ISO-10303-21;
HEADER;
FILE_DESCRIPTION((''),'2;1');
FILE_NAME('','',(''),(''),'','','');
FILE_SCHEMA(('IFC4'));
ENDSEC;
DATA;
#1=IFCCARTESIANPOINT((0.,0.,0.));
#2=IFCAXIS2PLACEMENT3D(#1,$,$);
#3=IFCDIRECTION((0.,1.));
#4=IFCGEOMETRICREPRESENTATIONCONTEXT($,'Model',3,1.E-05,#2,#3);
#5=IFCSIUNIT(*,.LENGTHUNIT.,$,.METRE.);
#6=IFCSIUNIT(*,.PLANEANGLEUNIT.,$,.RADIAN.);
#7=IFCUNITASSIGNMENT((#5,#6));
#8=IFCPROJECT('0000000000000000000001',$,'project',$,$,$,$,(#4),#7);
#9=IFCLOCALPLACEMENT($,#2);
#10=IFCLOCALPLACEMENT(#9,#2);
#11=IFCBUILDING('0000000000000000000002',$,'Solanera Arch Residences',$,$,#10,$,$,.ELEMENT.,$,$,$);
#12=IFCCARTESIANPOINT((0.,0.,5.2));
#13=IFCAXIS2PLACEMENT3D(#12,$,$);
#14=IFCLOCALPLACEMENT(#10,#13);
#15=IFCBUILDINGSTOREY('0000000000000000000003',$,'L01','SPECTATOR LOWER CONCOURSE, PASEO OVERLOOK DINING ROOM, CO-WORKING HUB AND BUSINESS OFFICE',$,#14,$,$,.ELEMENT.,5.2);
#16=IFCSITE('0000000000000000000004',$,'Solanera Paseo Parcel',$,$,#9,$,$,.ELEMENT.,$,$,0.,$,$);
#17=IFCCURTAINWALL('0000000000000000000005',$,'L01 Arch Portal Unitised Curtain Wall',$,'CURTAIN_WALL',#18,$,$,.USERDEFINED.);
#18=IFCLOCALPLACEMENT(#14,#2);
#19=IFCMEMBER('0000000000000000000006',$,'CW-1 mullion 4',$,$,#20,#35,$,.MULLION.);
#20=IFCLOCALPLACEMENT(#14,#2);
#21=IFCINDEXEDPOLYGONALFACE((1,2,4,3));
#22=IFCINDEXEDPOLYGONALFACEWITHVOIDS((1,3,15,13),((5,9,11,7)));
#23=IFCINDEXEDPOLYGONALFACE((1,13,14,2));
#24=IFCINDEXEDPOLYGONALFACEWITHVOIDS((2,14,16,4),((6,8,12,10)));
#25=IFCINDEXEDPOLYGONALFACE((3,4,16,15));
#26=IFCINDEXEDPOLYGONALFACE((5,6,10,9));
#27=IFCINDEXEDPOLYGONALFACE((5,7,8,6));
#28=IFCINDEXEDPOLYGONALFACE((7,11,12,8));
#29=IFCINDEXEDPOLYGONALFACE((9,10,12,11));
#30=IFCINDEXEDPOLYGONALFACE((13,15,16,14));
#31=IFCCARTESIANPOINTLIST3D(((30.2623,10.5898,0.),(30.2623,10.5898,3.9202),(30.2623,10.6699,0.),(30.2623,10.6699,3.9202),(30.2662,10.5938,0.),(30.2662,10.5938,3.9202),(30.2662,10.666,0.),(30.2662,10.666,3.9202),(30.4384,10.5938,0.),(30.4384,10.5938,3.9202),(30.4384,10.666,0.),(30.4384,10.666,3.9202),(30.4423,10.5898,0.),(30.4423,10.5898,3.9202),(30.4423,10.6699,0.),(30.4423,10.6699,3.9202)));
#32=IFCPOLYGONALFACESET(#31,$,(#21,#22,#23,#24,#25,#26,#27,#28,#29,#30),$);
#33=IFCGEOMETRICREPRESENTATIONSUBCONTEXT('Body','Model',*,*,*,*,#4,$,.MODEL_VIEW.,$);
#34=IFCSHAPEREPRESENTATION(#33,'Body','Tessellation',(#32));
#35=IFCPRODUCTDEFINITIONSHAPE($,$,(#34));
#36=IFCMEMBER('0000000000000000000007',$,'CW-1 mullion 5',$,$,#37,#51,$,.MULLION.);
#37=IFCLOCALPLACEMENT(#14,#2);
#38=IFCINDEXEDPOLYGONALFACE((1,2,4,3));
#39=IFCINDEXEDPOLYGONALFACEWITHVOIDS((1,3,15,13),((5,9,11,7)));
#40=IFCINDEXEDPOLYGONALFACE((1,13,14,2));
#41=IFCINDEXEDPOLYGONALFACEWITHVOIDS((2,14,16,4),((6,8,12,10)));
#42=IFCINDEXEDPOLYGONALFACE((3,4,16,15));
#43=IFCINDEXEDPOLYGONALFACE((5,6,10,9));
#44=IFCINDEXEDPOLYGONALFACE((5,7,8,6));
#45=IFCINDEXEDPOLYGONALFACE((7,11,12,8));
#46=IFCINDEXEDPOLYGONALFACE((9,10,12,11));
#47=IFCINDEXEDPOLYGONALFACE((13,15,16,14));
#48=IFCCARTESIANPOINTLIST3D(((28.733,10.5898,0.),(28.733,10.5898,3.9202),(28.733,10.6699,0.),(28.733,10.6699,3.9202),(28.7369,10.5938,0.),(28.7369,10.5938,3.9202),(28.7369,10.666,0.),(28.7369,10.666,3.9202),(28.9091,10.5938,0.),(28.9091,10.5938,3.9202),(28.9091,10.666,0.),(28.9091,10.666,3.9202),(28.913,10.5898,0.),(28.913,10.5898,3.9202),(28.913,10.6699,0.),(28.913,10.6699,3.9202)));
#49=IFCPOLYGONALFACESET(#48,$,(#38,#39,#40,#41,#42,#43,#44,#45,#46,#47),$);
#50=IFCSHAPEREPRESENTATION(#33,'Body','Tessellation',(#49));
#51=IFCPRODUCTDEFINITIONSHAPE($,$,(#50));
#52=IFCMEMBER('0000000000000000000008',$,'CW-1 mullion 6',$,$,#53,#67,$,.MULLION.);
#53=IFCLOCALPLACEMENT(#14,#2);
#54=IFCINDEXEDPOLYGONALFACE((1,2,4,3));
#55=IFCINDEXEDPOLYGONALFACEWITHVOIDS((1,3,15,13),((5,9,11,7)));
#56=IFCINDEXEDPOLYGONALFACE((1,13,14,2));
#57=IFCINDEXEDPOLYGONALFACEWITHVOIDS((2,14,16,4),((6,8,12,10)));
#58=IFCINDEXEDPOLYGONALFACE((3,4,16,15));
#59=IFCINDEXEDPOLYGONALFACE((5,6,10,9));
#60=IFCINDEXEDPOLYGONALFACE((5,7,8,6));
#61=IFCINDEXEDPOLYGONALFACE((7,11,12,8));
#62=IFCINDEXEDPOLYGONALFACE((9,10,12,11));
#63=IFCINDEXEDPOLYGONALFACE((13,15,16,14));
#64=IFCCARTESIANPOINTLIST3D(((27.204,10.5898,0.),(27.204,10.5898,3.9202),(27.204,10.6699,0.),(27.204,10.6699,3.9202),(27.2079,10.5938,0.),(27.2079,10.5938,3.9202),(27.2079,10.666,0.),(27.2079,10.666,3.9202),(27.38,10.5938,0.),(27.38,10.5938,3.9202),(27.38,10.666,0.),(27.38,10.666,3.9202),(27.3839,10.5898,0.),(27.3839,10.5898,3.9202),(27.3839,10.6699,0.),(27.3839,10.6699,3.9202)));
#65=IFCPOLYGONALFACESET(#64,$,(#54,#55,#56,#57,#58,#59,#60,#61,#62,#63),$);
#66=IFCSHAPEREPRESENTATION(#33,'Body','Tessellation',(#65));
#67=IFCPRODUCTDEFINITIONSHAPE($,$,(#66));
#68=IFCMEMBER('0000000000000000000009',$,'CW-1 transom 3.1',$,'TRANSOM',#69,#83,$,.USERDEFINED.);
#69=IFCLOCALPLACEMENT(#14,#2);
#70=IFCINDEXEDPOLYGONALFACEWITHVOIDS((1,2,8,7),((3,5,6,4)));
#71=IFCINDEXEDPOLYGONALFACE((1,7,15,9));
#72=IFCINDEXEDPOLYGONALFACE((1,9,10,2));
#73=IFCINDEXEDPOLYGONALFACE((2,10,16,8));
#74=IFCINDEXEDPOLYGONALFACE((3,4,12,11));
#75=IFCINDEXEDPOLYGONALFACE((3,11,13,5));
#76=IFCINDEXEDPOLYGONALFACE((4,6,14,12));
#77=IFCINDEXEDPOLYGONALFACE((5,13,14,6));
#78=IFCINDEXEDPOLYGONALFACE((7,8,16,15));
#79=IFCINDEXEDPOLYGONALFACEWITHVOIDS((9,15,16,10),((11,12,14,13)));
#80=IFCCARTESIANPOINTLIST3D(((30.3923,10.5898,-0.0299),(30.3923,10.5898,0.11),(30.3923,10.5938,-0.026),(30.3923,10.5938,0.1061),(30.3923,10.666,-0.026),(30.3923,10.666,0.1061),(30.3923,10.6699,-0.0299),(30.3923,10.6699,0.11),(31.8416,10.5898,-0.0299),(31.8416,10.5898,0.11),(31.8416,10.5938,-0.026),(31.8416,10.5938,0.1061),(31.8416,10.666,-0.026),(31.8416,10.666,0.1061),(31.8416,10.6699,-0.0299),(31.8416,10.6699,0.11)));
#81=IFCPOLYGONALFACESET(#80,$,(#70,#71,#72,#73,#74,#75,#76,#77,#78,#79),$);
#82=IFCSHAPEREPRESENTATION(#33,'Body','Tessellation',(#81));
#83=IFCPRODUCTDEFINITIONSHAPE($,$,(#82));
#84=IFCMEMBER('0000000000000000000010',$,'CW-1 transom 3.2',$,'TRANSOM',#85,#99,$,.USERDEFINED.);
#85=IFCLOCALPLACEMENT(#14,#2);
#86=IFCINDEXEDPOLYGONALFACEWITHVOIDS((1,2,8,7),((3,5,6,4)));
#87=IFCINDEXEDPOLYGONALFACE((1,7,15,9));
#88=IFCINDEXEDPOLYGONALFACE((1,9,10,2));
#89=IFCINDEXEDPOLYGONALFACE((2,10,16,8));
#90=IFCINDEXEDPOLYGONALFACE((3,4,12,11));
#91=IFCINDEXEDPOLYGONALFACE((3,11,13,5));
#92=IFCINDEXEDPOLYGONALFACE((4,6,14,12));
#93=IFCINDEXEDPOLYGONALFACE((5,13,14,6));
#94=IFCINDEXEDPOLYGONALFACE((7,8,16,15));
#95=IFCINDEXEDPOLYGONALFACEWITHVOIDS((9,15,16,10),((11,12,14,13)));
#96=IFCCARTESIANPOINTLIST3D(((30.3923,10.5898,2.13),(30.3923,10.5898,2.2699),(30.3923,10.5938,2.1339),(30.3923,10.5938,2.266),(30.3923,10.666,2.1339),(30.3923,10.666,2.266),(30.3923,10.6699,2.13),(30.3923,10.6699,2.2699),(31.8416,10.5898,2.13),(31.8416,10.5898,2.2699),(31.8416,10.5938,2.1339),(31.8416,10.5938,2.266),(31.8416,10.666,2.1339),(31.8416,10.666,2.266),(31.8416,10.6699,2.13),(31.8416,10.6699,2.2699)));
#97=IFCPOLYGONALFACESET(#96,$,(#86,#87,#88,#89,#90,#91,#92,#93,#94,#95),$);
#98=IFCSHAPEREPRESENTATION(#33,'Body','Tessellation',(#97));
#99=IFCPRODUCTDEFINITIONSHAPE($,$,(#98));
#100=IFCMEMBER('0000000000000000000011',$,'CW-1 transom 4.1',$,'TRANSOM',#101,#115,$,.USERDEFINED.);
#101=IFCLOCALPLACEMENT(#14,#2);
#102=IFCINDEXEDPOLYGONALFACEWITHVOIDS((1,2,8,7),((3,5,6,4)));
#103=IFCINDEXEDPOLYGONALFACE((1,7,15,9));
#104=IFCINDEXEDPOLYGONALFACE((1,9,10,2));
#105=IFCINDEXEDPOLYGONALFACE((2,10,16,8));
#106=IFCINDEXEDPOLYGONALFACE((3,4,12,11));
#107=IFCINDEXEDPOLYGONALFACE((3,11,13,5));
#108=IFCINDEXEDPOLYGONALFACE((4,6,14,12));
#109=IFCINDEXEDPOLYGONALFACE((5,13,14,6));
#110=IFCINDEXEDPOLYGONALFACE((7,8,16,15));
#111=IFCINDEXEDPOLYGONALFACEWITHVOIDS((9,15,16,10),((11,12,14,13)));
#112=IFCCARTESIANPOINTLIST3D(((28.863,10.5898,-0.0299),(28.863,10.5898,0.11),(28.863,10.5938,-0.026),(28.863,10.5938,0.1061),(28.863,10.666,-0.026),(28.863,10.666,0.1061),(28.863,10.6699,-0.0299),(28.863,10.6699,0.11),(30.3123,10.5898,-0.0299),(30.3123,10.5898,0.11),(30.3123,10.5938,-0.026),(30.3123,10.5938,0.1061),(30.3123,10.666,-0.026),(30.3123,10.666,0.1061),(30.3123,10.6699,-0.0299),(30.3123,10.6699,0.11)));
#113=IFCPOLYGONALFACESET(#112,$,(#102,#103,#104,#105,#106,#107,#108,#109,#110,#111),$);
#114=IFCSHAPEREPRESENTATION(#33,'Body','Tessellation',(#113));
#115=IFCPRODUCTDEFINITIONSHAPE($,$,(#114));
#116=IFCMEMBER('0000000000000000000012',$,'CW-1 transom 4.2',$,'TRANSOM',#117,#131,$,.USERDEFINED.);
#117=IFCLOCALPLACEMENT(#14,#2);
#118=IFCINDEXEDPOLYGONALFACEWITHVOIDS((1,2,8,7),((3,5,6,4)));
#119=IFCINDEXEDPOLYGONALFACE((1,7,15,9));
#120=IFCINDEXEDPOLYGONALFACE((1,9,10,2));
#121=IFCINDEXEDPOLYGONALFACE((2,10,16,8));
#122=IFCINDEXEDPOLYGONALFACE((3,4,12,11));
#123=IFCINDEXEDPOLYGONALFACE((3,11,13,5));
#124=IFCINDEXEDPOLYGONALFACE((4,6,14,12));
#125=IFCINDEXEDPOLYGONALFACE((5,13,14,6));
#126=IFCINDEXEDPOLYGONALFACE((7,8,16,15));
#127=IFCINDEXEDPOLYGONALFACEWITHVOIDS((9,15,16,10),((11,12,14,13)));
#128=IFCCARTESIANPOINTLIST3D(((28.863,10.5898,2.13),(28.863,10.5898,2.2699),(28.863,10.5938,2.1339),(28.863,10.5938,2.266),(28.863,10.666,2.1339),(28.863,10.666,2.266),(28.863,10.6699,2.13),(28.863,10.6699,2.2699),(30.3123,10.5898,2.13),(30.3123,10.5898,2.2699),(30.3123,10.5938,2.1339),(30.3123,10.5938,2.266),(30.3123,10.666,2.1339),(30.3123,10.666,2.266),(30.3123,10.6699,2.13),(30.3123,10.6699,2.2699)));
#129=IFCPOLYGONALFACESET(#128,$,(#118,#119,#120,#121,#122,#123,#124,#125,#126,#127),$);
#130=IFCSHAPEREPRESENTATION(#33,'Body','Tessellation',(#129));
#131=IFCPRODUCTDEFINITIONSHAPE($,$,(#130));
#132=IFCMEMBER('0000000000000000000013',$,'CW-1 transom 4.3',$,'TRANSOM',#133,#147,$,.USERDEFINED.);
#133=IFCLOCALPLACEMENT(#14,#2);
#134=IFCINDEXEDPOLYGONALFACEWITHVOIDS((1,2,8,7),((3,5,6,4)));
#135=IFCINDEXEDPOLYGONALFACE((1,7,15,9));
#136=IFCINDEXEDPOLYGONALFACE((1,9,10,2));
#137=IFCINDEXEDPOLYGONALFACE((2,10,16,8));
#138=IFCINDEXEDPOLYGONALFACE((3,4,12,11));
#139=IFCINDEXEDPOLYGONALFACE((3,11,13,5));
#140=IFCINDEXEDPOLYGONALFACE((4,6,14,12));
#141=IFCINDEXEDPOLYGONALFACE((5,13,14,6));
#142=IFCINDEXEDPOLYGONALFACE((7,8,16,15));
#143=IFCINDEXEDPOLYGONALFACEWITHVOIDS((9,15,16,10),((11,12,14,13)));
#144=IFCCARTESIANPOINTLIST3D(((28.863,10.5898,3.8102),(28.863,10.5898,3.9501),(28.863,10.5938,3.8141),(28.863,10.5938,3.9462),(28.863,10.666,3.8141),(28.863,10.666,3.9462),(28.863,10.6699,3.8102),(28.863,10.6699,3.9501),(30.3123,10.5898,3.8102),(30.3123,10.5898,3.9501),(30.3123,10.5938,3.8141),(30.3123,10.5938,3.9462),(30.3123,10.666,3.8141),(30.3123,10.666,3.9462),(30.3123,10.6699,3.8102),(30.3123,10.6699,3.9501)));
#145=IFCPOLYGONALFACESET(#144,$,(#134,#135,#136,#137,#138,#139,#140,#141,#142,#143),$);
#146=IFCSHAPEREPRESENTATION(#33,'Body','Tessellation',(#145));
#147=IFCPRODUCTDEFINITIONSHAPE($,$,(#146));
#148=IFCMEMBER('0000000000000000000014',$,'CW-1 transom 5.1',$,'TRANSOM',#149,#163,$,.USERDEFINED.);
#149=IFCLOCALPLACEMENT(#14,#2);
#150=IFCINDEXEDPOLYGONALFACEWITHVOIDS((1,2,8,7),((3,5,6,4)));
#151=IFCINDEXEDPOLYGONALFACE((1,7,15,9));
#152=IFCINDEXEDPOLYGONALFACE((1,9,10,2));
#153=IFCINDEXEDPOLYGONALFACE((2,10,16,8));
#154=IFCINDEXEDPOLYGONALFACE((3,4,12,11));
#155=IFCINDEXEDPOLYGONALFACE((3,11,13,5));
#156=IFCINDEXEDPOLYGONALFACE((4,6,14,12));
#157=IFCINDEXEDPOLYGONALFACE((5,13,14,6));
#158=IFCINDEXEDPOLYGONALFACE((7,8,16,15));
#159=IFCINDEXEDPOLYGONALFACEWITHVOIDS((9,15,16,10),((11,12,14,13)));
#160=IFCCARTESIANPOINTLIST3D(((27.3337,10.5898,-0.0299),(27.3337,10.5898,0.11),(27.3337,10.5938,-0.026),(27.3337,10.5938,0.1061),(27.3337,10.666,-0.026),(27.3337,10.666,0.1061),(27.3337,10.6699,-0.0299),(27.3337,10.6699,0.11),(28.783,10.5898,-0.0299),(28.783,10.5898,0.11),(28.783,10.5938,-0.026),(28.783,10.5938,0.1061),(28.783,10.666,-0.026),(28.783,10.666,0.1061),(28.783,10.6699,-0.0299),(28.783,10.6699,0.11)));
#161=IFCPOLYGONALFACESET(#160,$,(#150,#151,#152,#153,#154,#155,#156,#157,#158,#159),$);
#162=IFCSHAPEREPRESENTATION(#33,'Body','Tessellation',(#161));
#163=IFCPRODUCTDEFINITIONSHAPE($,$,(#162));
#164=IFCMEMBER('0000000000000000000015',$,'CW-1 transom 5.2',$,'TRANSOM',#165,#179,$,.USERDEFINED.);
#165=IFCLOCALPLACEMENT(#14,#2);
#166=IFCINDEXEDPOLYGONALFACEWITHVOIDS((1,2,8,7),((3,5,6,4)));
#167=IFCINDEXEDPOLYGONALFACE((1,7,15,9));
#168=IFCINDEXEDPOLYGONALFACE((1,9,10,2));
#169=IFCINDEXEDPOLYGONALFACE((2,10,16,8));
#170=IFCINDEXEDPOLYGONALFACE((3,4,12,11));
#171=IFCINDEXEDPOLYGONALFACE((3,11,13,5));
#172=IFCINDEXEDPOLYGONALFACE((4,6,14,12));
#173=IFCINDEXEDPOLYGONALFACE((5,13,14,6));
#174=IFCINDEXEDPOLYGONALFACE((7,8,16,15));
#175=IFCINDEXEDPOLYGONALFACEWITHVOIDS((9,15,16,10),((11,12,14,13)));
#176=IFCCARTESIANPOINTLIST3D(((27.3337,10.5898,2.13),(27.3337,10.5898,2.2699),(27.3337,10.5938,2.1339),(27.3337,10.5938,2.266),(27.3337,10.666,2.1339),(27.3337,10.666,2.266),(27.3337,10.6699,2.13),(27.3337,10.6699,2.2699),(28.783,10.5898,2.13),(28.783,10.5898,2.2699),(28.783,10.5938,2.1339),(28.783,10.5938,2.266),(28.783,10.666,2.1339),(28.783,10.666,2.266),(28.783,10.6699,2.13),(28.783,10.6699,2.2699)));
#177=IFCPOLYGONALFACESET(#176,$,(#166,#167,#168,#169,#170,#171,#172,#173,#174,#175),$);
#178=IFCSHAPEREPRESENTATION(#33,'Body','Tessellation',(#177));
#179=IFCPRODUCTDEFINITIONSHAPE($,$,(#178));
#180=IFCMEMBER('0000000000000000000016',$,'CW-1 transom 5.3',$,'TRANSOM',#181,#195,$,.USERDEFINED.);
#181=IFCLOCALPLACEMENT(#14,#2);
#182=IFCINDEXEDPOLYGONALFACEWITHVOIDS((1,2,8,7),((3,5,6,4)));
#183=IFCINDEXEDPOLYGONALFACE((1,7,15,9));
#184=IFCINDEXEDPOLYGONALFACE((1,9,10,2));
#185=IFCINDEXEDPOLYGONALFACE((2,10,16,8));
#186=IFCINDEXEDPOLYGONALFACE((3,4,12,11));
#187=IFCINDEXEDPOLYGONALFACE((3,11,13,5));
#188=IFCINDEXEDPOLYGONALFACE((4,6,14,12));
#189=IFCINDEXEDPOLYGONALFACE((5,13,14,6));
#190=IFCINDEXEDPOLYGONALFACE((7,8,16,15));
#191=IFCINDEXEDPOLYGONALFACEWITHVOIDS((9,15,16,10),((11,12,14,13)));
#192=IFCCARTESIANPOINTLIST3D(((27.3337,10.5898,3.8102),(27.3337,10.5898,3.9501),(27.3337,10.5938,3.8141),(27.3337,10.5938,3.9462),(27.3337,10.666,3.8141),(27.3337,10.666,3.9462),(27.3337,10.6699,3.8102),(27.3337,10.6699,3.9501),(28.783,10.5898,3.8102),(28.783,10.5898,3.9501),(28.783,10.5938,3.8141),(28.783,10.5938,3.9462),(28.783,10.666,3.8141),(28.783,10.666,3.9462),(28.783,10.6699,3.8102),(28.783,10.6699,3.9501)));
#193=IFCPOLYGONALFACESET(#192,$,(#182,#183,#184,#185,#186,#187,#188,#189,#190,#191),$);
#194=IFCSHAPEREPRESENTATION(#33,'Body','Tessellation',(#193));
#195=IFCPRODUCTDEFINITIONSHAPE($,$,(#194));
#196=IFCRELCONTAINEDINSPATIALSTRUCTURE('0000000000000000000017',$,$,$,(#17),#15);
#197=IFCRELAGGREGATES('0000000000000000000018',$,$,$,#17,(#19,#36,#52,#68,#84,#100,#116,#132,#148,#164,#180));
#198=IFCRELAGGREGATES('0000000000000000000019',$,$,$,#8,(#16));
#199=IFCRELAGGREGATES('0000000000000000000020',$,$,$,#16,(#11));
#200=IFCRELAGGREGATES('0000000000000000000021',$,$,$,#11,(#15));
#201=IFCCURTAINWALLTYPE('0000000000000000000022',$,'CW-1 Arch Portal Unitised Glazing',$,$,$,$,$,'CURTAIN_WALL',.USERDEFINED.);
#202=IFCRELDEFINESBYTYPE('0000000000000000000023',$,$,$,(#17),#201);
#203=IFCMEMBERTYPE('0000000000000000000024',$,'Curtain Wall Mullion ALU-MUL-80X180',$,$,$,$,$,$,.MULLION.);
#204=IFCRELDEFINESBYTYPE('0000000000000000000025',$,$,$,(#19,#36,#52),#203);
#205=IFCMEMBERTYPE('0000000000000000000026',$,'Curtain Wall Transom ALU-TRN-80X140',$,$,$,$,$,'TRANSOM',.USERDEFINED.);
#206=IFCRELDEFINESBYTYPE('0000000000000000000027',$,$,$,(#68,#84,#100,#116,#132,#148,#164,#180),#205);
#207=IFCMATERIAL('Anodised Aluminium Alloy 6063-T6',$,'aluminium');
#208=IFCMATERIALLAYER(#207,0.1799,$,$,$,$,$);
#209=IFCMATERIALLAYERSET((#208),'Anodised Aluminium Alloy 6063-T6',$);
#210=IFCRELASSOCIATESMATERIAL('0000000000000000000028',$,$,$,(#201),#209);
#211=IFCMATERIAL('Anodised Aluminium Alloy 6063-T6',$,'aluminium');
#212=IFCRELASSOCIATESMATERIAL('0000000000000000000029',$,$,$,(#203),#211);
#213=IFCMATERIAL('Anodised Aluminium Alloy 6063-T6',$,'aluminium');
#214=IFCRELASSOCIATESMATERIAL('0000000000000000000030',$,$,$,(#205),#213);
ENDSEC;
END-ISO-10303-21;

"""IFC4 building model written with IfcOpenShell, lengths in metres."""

from ifc_helpers import new_model, si_unit, direction, frame, origin, origin_2d, place, context, subcontext, project, spatial, hollow_rectangle, extrude, material, layer, layer_set, material_profile, profile_set, type_object, element, aggregate, save


model = new_model("IFC4")

# Units and contexts
model_context = context("Model", 3, precision=1e-05, world=origin(), true_north=direction((0.0, 1.0)))
body_context = subcontext(model_context, "Body", "Model", "MODEL_VIEW")
ifc_project = project(units=[si_unit("LENGTHUNIT", "METRE"), si_unit("PLANEANGLEUNIT", "RADIAN")], contexts=[model_context])

# Site, building, storey
site_placement = place(None, origin())
site = spatial("IfcSite", under=ifc_project, at=site_placement, Name="Solanera Paseo Parcel", CompositionType="ELEMENT", RefElevation=0.0)
building_placement = place(site_placement, origin())
building = spatial("IfcBuilding", under=site, at=building_placement, Name="Solanera Arch Residences", CompositionType="ELEMENT")
storey_placement = place(building_placement, frame((0.0, 0.0, 5.2)))
storey = spatial("IfcBuildingStorey", under=building, at=storey_placement, Name="L01", Description="SPECTATOR LOWER CONCOURSE, PASEO OVERLOOK DINING ROOM, CO-WORKING HUB AND BUSINESS OFFICE", CompositionType="ELEMENT", Elevation=5.2)

# Curtain wall, members
ifc_material_1 = material(Name="Anodised Aluminium Alloy 6063-T6", Category="aluminium")
ifc_layer_1 = layer(ifc_material_1, 0.1799)
ifc_layer_set_1 = layer_set([ifc_layer_1], Name="Anodised Aluminium Alloy 6063-T6")
curtain_wall_type = type_object("IfcCurtainWallType", Name="CW-1 Arch Portal Unitised Glazing", ElementType="CURTAIN_WALL", PredefinedType="USERDEFINED", material=ifc_layer_set_1)
curtain_wall_placement = place(storey_placement, origin())
curtain_wall = element("IfcCurtainWall", 1, at=curtain_wall_placement, inside=storey, type_object=curtain_wall_type, Name="L01 Arch Portal Unitised Curtain Wall", ObjectType="CURTAIN_WALL", PredefinedType="USERDEFINED")
ifc_material_2 = material(Name="Anodised Aluminium Alloy 6063-T6", Category="aluminium")
ifc_material_profile_1 = material_profile(ifc_material_2, hollow_rectangle(XDim=0.0801, YDim=0.1799, WallThickness=0.0039, at=origin_2d()))
ifc_profile_set_1 = profile_set([ifc_material_profile_1], Name="Anodised Aluminium Alloy 6063-T6")
member_type_1 = type_object("IfcMemberType", Name="Curtain Wall Mullion ALU-MUL-80X180", PredefinedType="MULLION", material=ifc_profile_set_1)
member_1_placement = place(storey_placement, frame((30.3523, 10.6299, 0.0), z_axis=(0.0, 0.0, 1.0), x_axis=(0.0, -1.0, 0.0)))
member_1 = element("IfcMember", 2, at=member_1_placement, type_object=member_type_1, Name="CW-1 mullion 4", PredefinedType="MULLION", context=body_context, shape_type="SweptSolid", body=[
    extrude(hollow_rectangle(XDim=0.0801, YDim=0.1799, WallThickness=0.0039, at=origin_2d()), origin(), (0.0, 0.0, 1.0), 3.9202),
])
member_2_placement = place(storey_placement, frame((28.823, 10.6299, 0.0), z_axis=(0.0, 0.0, 1.0), x_axis=(0.0, -1.0, 0.0)))
member_2 = element("IfcMember", 3, at=member_2_placement, type_object=member_type_1, Name="CW-1 mullion 5", PredefinedType="MULLION", context=body_context, shape_type="SweptSolid", body=[
    extrude(hollow_rectangle(XDim=0.0801, YDim=0.1799, WallThickness=0.0039, at=origin_2d()), origin(), (0.0, 0.0, 1.0), 3.9202),
])
member_3_placement = place(storey_placement, frame((27.2939, 10.6299, 0.0), z_axis=(0.0, 0.0, 1.0), x_axis=(0.0, -1.0, 0.0)))
member_3 = element("IfcMember", 4, at=member_3_placement, type_object=member_type_1, Name="CW-1 mullion 6", PredefinedType="MULLION", context=body_context, shape_type="SweptSolid", body=[
    extrude(hollow_rectangle(XDim=0.0801, YDim=0.1799, WallThickness=0.0039, at=origin_2d()), origin(), (0.0, 0.0, 1.0), 3.9202),
])
ifc_material_3 = material(Name="Anodised Aluminium Alloy 6063-T6", Category="aluminium")
ifc_material_profile_2 = material_profile(ifc_material_3, hollow_rectangle(XDim=0.0801, YDim=0.1399, WallThickness=0.0039, at=origin_2d()))
ifc_profile_set_2 = profile_set([ifc_material_profile_2], Name="Anodised Aluminium Alloy 6063-T6")
member_type_2 = type_object("IfcMemberType", Name="Curtain Wall Transom ALU-TRN-80X140", ElementType="TRANSOM", PredefinedType="USERDEFINED", material=ifc_profile_set_2)
member_4_placement = place(storey_placement, frame((31.8416, 10.6299, 0.04), z_axis=(-1.0, 0.0, 0.0), x_axis=(0.0, -1.0, 0.0)))
member_4 = element("IfcMember", 5, at=member_4_placement, type_object=member_type_2, Name="CW-1 transom 3.1", ObjectType="TRANSOM", PredefinedType="USERDEFINED", context=body_context, shape_type="SweptSolid", body=[
    extrude(hollow_rectangle(XDim=0.0801, YDim=0.1399, WallThickness=0.0039, at=origin_2d()), origin(), (0.0, 0.0, 1.0), 1.4492),
])
member_5_placement = place(storey_placement, frame((31.8416, 10.6299, 2.2), z_axis=(-1.0, 0.0, 0.0), x_axis=(0.0, -1.0, 0.0)))
member_5 = element("IfcMember", 6, at=member_5_placement, type_object=member_type_2, Name="CW-1 transom 3.2", ObjectType="TRANSOM", PredefinedType="USERDEFINED", context=body_context, shape_type="SweptSolid", body=[
    extrude(hollow_rectangle(XDim=0.0801, YDim=0.1399, WallThickness=0.0039, at=origin_2d()), origin(), (0.0, 0.0, 1.0), 1.4492),
])
member_6_placement = place(storey_placement, frame((30.3123, 10.6299, 0.04), z_axis=(-1.0, 0.0, 0.0), x_axis=(0.0, -1.0, 0.0)))
member_6 = element("IfcMember", 7, at=member_6_placement, type_object=member_type_2, Name="CW-1 transom 4.1", ObjectType="TRANSOM", PredefinedType="USERDEFINED", context=body_context, shape_type="SweptSolid", body=[
    extrude(hollow_rectangle(XDim=0.0801, YDim=0.1399, WallThickness=0.0039, at=origin_2d()), origin(), (0.0, 0.0, 1.0), 1.4492),
])
member_7_placement = place(storey_placement, frame((30.3123, 10.6299, 2.2), z_axis=(-1.0, 0.0, 0.0), x_axis=(0.0, -1.0, 0.0)))
member_7 = element("IfcMember", 8, at=member_7_placement, type_object=member_type_2, Name="CW-1 transom 4.2", ObjectType="TRANSOM", PredefinedType="USERDEFINED", context=body_context, shape_type="SweptSolid", body=[
    extrude(hollow_rectangle(XDim=0.0801, YDim=0.1399, WallThickness=0.0039, at=origin_2d()), origin(), (0.0, 0.0, 1.0), 1.4492),
])
member_8_placement = place(storey_placement, frame((30.3123, 10.6299, 3.8801), z_axis=(-1.0, 0.0, 0.0), x_axis=(0.0, -1.0, 0.0)))
member_8 = element("IfcMember", 9, at=member_8_placement, type_object=member_type_2, Name="CW-1 transom 4.3", ObjectType="TRANSOM", PredefinedType="USERDEFINED", context=body_context, shape_type="SweptSolid", body=[
    extrude(hollow_rectangle(XDim=0.0801, YDim=0.1399, WallThickness=0.0039, at=origin_2d()), origin(), (0.0, 0.0, 1.0), 1.4492),
])
member_9_placement = place(storey_placement, frame((28.783, 10.6299, 0.04), z_axis=(-1.0, 0.0, 0.0), x_axis=(0.0, -1.0, 0.0)))
member_9 = element("IfcMember", 10, at=member_9_placement, type_object=member_type_2, Name="CW-1 transom 5.1", ObjectType="TRANSOM", PredefinedType="USERDEFINED", context=body_context, shape_type="SweptSolid", body=[
    extrude(hollow_rectangle(XDim=0.0801, YDim=0.1399, WallThickness=0.0039, at=origin_2d()), origin(), (0.0, 0.0, 1.0), 1.4492),
])
member_10_placement = place(storey_placement, frame((28.783, 10.6299, 2.2), z_axis=(-1.0, 0.0, 0.0), x_axis=(0.0, -1.0, 0.0)))
member_10 = element("IfcMember", 11, at=member_10_placement, type_object=member_type_2, Name="CW-1 transom 5.2", ObjectType="TRANSOM", PredefinedType="USERDEFINED", context=body_context, shape_type="SweptSolid", body=[
    extrude(hollow_rectangle(XDim=0.0801, YDim=0.1399, WallThickness=0.0039, at=origin_2d()), origin(), (0.0, 0.0, 1.0), 1.4492),
])
member_11_placement = place(storey_placement, frame((28.783, 10.6299, 3.8801), z_axis=(-1.0, 0.0, 0.0), x_axis=(0.0, -1.0, 0.0)))
member_11 = element("IfcMember", 12, at=member_11_placement, type_object=member_type_2, Name="CW-1 transom 5.3", ObjectType="TRANSOM", PredefinedType="USERDEFINED", context=body_context, shape_type="SweptSolid", body=[
    extrude(hollow_rectangle(XDim=0.0801, YDim=0.1399, WallThickness=0.0039, at=origin_2d()), origin(), (0.0, 0.0, 1.0), 1.4492),
])
aggregate(curtain_wall, [member_1, member_2, member_3, member_4, member_5, member_6, member_7, member_8, member_9, member_10, member_11])

save(model, "model.ifc")
